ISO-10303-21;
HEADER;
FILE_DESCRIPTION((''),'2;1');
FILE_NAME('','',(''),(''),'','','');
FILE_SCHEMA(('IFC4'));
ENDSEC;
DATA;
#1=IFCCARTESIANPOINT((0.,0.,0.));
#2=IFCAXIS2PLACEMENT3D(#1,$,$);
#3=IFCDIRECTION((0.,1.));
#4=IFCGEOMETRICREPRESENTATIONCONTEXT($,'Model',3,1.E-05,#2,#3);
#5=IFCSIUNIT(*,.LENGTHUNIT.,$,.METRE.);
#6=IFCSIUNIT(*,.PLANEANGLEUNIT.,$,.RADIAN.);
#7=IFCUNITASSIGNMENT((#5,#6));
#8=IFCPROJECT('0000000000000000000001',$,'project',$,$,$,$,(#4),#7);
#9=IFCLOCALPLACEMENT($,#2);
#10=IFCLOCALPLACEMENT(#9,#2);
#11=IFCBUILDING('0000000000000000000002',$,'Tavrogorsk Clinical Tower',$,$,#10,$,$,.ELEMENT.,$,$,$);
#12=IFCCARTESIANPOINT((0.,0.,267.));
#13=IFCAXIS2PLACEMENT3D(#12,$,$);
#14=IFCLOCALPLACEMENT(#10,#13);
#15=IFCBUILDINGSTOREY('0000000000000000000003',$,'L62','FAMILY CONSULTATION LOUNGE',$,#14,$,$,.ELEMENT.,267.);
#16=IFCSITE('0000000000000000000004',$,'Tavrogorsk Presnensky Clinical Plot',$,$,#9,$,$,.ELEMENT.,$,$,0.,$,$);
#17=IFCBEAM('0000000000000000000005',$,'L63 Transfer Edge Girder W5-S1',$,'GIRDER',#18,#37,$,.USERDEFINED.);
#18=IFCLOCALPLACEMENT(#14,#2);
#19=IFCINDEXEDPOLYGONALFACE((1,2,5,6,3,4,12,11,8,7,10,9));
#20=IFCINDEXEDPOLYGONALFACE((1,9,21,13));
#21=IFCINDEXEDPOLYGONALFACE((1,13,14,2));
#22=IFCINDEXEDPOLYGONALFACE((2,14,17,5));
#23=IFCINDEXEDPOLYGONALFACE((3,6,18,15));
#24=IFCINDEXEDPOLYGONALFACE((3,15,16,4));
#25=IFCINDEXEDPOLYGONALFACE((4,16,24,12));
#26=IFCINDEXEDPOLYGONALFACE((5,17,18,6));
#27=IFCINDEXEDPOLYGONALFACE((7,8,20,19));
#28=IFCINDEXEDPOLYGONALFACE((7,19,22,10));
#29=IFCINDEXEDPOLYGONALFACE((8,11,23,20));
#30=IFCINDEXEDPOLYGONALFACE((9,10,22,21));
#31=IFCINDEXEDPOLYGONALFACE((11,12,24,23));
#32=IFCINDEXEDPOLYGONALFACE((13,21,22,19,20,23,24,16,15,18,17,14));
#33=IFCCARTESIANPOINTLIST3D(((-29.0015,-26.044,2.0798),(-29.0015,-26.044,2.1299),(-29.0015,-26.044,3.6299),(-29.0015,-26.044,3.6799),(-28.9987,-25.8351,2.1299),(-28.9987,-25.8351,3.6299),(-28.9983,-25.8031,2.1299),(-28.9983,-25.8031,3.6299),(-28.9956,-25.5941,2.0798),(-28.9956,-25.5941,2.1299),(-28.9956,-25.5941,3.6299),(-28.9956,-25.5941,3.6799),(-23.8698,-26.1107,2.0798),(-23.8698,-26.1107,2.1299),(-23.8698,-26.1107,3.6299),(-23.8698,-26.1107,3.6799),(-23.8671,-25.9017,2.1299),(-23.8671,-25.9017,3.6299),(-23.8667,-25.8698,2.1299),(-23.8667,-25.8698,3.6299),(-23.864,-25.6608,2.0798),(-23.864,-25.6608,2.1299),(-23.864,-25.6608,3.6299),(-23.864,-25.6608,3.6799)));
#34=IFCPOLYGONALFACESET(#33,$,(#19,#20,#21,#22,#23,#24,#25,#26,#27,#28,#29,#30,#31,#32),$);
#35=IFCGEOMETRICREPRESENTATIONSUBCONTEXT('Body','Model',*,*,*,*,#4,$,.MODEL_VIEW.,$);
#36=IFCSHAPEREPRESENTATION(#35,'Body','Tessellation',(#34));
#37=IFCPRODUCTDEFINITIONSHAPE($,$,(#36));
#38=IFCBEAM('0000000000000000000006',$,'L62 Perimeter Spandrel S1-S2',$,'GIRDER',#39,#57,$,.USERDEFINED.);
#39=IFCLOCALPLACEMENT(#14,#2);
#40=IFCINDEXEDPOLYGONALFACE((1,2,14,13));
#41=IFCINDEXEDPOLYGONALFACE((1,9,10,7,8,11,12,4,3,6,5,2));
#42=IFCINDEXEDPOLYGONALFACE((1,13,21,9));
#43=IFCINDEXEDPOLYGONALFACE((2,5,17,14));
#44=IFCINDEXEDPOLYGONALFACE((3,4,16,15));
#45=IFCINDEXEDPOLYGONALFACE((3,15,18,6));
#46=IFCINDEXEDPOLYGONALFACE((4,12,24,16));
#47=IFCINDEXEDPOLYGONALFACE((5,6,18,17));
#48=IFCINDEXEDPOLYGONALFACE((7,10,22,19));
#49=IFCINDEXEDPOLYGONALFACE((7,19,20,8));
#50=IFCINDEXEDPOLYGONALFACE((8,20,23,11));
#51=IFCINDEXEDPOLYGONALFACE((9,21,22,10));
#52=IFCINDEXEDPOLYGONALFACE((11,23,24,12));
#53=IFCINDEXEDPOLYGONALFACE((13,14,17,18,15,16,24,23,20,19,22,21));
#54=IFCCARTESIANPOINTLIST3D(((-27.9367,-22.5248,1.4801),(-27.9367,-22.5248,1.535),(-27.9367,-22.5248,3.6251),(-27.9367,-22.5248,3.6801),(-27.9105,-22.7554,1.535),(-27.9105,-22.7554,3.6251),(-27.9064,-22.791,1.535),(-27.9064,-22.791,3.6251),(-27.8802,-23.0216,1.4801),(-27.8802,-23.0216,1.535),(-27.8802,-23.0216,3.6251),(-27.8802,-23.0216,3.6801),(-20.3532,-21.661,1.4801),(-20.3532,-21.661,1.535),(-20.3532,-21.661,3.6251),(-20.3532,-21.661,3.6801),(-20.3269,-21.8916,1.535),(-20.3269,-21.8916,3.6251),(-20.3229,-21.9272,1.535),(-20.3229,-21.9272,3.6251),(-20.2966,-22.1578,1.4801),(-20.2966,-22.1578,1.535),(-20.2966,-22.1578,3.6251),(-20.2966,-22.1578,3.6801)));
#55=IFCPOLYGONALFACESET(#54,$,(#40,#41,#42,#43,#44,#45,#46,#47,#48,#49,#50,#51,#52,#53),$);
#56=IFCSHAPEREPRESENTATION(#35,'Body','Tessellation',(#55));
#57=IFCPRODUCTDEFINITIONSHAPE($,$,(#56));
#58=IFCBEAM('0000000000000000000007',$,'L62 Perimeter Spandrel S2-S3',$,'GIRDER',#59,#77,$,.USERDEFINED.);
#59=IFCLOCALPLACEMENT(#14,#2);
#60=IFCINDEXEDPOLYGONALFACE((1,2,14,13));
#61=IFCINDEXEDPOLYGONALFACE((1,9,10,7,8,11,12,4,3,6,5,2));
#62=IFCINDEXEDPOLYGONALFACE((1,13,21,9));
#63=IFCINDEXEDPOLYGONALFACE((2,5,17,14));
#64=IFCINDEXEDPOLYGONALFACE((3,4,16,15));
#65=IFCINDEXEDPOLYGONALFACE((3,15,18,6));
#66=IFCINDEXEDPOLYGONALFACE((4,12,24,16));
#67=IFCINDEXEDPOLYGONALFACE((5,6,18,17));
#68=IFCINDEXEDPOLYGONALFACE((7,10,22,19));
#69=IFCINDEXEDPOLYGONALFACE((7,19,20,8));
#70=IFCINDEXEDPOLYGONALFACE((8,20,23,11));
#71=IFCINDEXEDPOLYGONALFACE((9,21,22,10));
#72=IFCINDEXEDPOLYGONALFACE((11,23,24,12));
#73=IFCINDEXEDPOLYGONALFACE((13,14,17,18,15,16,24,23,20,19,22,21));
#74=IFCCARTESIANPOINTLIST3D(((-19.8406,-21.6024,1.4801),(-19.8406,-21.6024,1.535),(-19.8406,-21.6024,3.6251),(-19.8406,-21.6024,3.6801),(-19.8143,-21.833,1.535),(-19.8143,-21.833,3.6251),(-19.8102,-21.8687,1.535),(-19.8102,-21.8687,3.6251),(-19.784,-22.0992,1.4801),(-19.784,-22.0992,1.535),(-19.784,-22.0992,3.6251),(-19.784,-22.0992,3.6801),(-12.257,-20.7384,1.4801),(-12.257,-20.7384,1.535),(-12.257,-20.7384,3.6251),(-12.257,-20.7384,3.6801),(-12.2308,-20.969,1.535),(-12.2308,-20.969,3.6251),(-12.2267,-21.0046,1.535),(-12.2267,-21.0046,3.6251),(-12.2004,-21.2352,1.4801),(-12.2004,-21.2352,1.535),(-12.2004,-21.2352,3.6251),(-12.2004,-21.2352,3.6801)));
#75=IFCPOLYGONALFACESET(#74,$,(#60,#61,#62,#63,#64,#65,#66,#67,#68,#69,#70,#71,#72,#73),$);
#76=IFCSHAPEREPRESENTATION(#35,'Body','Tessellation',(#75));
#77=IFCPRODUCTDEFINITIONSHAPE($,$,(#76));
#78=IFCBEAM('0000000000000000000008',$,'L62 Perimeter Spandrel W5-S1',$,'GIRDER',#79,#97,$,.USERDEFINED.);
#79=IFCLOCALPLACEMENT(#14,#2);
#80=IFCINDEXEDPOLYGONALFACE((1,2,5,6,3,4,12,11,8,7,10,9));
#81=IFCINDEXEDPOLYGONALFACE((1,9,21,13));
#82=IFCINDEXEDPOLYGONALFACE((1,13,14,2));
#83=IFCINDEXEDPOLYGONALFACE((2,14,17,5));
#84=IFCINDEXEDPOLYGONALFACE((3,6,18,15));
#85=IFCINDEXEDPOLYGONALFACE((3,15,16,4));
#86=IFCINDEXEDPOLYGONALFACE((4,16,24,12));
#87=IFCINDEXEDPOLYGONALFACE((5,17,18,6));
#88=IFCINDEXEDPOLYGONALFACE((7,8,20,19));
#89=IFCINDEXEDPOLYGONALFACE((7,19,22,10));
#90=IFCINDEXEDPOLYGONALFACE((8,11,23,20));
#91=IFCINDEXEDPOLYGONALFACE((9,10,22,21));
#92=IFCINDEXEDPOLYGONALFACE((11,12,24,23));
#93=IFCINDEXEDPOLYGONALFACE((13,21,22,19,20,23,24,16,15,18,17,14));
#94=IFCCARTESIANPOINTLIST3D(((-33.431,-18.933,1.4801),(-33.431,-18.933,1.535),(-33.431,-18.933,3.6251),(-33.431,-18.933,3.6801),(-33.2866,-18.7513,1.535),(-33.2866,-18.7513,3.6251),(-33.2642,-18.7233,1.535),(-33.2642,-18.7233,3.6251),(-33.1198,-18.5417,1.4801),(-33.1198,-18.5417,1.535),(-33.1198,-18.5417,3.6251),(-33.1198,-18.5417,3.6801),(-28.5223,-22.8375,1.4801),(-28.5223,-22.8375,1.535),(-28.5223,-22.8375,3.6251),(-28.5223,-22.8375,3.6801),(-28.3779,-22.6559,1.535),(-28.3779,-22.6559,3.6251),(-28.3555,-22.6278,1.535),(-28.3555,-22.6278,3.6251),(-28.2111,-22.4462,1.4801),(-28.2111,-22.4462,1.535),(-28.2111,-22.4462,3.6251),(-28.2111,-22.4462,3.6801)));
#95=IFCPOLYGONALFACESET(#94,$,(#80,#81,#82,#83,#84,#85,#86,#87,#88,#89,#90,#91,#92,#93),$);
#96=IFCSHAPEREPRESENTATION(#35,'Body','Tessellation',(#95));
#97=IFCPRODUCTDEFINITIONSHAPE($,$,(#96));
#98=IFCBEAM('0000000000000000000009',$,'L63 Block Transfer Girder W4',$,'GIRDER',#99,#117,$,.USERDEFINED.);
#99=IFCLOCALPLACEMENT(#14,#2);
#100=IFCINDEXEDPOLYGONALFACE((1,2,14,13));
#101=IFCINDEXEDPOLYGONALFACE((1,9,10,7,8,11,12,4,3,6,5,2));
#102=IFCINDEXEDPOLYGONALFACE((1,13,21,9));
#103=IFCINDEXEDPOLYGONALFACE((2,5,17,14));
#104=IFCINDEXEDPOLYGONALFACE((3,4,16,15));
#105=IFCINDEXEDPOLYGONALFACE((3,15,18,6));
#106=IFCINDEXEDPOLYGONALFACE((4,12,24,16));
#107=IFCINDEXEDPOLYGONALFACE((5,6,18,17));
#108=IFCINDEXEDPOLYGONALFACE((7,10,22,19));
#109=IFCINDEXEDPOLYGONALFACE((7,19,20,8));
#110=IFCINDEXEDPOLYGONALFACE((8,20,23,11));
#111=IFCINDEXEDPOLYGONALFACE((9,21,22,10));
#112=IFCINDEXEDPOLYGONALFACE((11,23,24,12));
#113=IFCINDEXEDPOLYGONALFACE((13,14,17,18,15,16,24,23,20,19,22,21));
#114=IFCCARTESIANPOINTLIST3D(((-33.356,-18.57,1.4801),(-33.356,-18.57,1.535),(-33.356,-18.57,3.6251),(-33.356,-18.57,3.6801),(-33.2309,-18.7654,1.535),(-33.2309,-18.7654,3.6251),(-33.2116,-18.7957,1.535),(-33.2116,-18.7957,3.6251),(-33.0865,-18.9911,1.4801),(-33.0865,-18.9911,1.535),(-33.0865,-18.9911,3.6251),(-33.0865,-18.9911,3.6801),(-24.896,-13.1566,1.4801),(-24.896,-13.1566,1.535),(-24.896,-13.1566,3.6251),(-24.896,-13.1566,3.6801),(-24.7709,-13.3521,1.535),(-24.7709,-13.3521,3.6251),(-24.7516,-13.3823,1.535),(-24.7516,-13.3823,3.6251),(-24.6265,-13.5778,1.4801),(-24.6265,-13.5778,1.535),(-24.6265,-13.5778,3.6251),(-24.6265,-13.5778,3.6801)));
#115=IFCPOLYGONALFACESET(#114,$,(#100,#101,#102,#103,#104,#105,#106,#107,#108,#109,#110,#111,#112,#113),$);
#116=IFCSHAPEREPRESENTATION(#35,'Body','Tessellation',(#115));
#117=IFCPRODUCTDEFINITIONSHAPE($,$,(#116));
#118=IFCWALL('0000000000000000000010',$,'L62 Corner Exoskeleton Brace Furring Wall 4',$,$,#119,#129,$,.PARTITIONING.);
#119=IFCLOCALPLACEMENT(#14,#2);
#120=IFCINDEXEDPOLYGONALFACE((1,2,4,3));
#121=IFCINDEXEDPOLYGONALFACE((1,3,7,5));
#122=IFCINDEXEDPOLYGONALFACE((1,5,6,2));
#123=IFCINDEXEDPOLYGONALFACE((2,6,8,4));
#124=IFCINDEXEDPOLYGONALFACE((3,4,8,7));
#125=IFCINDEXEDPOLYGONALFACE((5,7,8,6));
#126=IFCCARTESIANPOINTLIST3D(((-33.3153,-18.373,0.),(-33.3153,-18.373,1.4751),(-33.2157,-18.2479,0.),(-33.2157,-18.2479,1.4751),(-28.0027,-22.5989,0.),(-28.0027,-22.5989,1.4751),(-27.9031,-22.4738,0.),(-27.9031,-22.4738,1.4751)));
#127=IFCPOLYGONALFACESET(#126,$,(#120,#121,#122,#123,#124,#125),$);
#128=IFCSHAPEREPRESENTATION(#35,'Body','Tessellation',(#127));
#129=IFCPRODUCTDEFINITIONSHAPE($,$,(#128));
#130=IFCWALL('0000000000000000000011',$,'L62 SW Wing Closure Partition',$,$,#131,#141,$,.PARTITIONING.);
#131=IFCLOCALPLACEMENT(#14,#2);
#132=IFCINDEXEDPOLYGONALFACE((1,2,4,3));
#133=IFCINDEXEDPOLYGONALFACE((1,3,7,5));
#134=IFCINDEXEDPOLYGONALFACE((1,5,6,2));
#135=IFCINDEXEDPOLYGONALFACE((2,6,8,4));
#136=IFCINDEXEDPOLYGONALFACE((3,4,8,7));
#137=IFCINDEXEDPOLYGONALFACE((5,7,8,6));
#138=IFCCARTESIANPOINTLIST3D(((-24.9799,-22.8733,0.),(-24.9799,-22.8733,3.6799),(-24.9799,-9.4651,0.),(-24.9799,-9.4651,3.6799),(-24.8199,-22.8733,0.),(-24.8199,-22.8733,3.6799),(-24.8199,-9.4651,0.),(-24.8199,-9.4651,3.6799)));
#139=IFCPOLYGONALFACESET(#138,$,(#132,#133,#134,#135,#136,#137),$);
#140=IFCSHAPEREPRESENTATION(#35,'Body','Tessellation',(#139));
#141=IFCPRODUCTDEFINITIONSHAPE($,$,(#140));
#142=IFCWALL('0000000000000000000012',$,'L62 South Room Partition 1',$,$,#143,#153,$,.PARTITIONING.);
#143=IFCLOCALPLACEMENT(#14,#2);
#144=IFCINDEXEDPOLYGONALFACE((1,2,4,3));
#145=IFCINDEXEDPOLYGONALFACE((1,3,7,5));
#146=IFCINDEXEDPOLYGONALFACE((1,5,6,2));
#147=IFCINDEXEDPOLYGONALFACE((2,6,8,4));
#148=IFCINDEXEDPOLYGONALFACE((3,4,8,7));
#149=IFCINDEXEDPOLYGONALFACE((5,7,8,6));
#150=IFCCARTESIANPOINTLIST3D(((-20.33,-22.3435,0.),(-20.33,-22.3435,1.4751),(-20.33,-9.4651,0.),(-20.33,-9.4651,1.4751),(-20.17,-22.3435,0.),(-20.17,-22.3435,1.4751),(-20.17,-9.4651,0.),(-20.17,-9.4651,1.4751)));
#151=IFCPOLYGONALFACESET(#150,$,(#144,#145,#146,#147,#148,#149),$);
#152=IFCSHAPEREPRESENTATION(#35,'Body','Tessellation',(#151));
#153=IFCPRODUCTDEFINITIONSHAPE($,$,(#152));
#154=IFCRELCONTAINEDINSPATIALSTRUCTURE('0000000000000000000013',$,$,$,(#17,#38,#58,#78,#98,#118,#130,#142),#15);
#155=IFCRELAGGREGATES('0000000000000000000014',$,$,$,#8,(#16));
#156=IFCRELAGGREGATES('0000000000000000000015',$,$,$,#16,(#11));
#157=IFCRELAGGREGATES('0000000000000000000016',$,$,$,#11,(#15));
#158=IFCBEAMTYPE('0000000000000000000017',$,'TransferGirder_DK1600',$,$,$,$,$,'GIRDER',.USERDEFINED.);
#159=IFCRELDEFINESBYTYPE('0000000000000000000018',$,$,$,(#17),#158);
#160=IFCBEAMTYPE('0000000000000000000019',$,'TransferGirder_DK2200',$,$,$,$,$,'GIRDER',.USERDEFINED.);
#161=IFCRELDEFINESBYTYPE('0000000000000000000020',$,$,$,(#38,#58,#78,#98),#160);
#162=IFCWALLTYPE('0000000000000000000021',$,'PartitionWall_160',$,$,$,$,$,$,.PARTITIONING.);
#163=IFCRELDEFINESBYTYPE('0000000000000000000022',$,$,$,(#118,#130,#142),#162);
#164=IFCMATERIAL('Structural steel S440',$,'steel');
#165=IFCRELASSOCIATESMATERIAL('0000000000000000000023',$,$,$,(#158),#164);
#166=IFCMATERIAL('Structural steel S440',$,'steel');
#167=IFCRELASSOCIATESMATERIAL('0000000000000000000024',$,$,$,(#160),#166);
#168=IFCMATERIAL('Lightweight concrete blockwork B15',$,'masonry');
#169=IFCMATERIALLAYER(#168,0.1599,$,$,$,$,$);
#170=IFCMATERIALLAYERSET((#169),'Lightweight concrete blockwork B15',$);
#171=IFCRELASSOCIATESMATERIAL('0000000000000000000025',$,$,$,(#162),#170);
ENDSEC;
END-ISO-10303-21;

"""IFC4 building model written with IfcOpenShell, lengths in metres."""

from ifc_helpers import new_model, si_unit, direction, frame, frame_2d, origin, origin_2d, place, context, subcontext, project, spatial, rectangle, i_section, extrude, material, layer, layer_set, material_profile, profile_set, type_object, element, save


model = new_model("IFC4")

# Units and contexts
model_context = context("Model", 3, precision=1e-05, world=origin(), true_north=direction((0.0, 1.0)))
body_context = subcontext(model_context, "Body", "Model", "MODEL_VIEW")
ifc_project = project(units=[si_unit("LENGTHUNIT", "METRE"), si_unit("PLANEANGLEUNIT", "RADIAN")], contexts=[model_context])

# Site, building, storey
site_placement = place(None, origin())
site = spatial("IfcSite", under=ifc_project, at=site_placement, Name="Tavrogorsk Presnensky Clinical Plot", CompositionType="ELEMENT", RefElevation=0.0)
building_placement = place(site_placement, origin())
building = spatial("IfcBuilding", under=site, at=building_placement, Name="Tavrogorsk Clinical Tower", CompositionType="ELEMENT")
storey_placement = place(building_placement, frame((0.0, 0.0, 267.0)))
storey = spatial("IfcBuildingStorey", under=building, at=storey_placement, Name="L62", Description="FAMILY CONSULTATION LOUNGE", CompositionType="ELEMENT", Elevation=267.0)

# Beams
ifc_material_1 = material(Name="Structural steel S440", Category="steel")
ifc_material_profile_1 = material_profile(ifc_material_1, i_section(OverallWidth=0.45, OverallDepth=1.6001, WebThickness=0.032, FlangeThickness=0.05, at=origin_2d()), Name="DK-1600x450x32x50")
ifc_profile_set_1 = profile_set([ifc_material_profile_1], Name="Structural steel S440")
beam_type_1 = type_object("IfcBeamType", Name="TransferGirder_DK1600", ElementType="GIRDER", PredefinedType="USERDEFINED", material=ifc_profile_set_1)
beam_1_placement = place(storey_placement, frame((-28.9985, -25.8191, 2.8799), z_axis=(0.999916, -0.012987, 0.0), x_axis=(0.012987, 0.999916, 0.0)))
element("IfcBeam", 1, at=beam_1_placement, inside=storey, type_object=beam_type_1, Name="L63 Transfer Edge Girder W5-S1", ObjectType="GIRDER", PredefinedType="USERDEFINED", context=body_context, shape_type="SweptSolid", body=[
    extrude(i_section(OverallWidth=0.45, OverallDepth=1.6001, WebThickness=0.032, FlangeThickness=0.05, at=origin_2d()), origin(), (0.0, 0.0, 1.0), 5.1321),
])
ifc_material_2 = material(Name="Structural steel S440", Category="steel")
ifc_material_profile_2 = material_profile(ifc_material_2, i_section(OverallWidth=0.5, OverallDepth=2.2, WebThickness=0.0359, FlangeThickness=0.0549, at=origin_2d()), Name="DK-2200x500x36x55")
ifc_profile_set_2 = profile_set([ifc_material_profile_2], Name="Structural steel S440")
beam_type_2 = type_object("IfcBeamType", Name="TransferGirder_DK2200", ElementType="GIRDER", PredefinedType="USERDEFINED", material=ifc_profile_set_2)
for number, where, z_axis, x_axis, name in (
    (2, (-27.9084, -22.7732, 2.5801), (0.993576, 0.113169, 0.0), (-0.113169, 0.993576, 0.0), "L62 Perimeter Spandrel S1-S2"),
    (3, (-19.8123, -21.8508, 2.5801), (0.993572, 0.113201, 0.0), (-0.113201, 0.993572, 0.0), "L62 Perimeter Spandrel S2-S3"),
):
    element("IfcBeam", number, at=place(storey_placement, frame(where, z_axis=z_axis, x_axis=x_axis)), inside=storey, type_object=beam_type_2, Name=name, ObjectType="GIRDER", PredefinedType="USERDEFINED", context=body_context, shape_type="SweptSolid", body=[
        extrude(i_section(OverallWidth=0.5, OverallDepth=2.2, WebThickness=0.0359, FlangeThickness=0.0549, at=origin_2d()), origin(), (0.0, 0.0, 1.0), 7.6326),
    ])
beam_2_placement = place(storey_placement, frame((-33.2754, -18.7373, 2.5801), z_axis=(0.782609, -0.622514, 0.0), x_axis=(0.622514, 0.782609, 0.0)))
element("IfcBeam", 4, at=beam_2_placement, inside=storey, type_object=beam_type_2, Name="L62 Perimeter Spandrel W5-S1", ObjectType="GIRDER", PredefinedType="USERDEFINED", context=body_context, shape_type="SweptSolid", body=[
    extrude(i_section(OverallWidth=0.5, OverallDepth=2.2, WebThickness=0.0359, FlangeThickness=0.0549, at=origin_2d()), origin(), (0.0, 0.0, 1.0), 6.2722),
])
beam_3_placement = place(storey_placement, frame((-24.7612, -13.3672, 2.5801), z_axis=(-0.842319, -0.53898, 0.0), x_axis=(0.53898, -0.842319, 0.0)))
element("IfcBeam", 5, at=beam_3_placement, inside=storey, type_object=beam_type_2, Name="L63 Block Transfer Girder W4", ObjectType="GIRDER", PredefinedType="USERDEFINED", context=body_context, shape_type="SweptSolid", body=[
    extrude(i_section(OverallWidth=0.5, OverallDepth=2.2, WebThickness=0.0359, FlangeThickness=0.0549, at=origin_2d()), origin(), (0.0, 0.0, 1.0), 10.0437),
])

# Walls
ifc_material_3 = material(Name="Lightweight concrete blockwork B15", Category="masonry")
ifc_layer_1 = layer(ifc_material_3, 0.1599)
ifc_layer_set_1 = layer_set([ifc_layer_1], Name="Lightweight concrete blockwork B15")
wall_type_1 = type_object("IfcWallType", Name="PartitionWall_160", PredefinedType="PARTITIONING", material=ifc_layer_set_1)
wall_1_placement = place(storey_placement, frame((-33.2654, -18.3105, 0.0), z_axis=(0.0, 0.0, 1.0), x_axis=(0.782603, -0.622522, 0.0)))
element("IfcWall", 6, at=wall_1_placement, inside=storey, type_object=wall_type_1, Name="L62 Corner Exoskeleton Brace Furring Wall 4", PredefinedType="PARTITIONING", context=body_context, shape_type="SweptSolid", body=[
    extrude(rectangle(XDim=6.7883, YDim=0.1599, at=frame_2d((3.394, 0.0))), origin(), (0.0, 0.0, 1.0), 1.4751),
])
wall_2_placement = place(storey_placement, frame((-24.8999, -22.8733, 0.0), z_axis=(0.0, 0.0, 1.0), x_axis=(0.0, 1.0, 0.0)))
element("IfcWall", 7, at=wall_2_placement, inside=storey, type_object=wall_type_1, Name="L62 SW Wing Closure Partition", PredefinedType="PARTITIONING", context=body_context, shape_type="SweptSolid", body=[
    extrude(rectangle(XDim=13.4082, YDim=0.1599, at=frame_2d((6.7041, 0.0))), origin(), (0.0, 0.0, 1.0), 3.6799),
])
wall_3_placement = place(storey_placement, frame((-20.25, -22.3435, 0.0), z_axis=(0.0, 0.0, 1.0), x_axis=(0.0, 1.0, 0.0)))
element("IfcWall", 8, at=wall_3_placement, inside=storey, type_object=wall_type_1, Name="L62 South Room Partition 1", PredefinedType="PARTITIONING", context=body_context, shape_type="SweptSolid", body=[
    extrude(rectangle(XDim=12.8784, YDim=0.1599, at=frame_2d((6.4392, 0.0))), origin(), (0.0, 0.0, 1.0), 1.4751),
])

save(model, "model.ifc")
